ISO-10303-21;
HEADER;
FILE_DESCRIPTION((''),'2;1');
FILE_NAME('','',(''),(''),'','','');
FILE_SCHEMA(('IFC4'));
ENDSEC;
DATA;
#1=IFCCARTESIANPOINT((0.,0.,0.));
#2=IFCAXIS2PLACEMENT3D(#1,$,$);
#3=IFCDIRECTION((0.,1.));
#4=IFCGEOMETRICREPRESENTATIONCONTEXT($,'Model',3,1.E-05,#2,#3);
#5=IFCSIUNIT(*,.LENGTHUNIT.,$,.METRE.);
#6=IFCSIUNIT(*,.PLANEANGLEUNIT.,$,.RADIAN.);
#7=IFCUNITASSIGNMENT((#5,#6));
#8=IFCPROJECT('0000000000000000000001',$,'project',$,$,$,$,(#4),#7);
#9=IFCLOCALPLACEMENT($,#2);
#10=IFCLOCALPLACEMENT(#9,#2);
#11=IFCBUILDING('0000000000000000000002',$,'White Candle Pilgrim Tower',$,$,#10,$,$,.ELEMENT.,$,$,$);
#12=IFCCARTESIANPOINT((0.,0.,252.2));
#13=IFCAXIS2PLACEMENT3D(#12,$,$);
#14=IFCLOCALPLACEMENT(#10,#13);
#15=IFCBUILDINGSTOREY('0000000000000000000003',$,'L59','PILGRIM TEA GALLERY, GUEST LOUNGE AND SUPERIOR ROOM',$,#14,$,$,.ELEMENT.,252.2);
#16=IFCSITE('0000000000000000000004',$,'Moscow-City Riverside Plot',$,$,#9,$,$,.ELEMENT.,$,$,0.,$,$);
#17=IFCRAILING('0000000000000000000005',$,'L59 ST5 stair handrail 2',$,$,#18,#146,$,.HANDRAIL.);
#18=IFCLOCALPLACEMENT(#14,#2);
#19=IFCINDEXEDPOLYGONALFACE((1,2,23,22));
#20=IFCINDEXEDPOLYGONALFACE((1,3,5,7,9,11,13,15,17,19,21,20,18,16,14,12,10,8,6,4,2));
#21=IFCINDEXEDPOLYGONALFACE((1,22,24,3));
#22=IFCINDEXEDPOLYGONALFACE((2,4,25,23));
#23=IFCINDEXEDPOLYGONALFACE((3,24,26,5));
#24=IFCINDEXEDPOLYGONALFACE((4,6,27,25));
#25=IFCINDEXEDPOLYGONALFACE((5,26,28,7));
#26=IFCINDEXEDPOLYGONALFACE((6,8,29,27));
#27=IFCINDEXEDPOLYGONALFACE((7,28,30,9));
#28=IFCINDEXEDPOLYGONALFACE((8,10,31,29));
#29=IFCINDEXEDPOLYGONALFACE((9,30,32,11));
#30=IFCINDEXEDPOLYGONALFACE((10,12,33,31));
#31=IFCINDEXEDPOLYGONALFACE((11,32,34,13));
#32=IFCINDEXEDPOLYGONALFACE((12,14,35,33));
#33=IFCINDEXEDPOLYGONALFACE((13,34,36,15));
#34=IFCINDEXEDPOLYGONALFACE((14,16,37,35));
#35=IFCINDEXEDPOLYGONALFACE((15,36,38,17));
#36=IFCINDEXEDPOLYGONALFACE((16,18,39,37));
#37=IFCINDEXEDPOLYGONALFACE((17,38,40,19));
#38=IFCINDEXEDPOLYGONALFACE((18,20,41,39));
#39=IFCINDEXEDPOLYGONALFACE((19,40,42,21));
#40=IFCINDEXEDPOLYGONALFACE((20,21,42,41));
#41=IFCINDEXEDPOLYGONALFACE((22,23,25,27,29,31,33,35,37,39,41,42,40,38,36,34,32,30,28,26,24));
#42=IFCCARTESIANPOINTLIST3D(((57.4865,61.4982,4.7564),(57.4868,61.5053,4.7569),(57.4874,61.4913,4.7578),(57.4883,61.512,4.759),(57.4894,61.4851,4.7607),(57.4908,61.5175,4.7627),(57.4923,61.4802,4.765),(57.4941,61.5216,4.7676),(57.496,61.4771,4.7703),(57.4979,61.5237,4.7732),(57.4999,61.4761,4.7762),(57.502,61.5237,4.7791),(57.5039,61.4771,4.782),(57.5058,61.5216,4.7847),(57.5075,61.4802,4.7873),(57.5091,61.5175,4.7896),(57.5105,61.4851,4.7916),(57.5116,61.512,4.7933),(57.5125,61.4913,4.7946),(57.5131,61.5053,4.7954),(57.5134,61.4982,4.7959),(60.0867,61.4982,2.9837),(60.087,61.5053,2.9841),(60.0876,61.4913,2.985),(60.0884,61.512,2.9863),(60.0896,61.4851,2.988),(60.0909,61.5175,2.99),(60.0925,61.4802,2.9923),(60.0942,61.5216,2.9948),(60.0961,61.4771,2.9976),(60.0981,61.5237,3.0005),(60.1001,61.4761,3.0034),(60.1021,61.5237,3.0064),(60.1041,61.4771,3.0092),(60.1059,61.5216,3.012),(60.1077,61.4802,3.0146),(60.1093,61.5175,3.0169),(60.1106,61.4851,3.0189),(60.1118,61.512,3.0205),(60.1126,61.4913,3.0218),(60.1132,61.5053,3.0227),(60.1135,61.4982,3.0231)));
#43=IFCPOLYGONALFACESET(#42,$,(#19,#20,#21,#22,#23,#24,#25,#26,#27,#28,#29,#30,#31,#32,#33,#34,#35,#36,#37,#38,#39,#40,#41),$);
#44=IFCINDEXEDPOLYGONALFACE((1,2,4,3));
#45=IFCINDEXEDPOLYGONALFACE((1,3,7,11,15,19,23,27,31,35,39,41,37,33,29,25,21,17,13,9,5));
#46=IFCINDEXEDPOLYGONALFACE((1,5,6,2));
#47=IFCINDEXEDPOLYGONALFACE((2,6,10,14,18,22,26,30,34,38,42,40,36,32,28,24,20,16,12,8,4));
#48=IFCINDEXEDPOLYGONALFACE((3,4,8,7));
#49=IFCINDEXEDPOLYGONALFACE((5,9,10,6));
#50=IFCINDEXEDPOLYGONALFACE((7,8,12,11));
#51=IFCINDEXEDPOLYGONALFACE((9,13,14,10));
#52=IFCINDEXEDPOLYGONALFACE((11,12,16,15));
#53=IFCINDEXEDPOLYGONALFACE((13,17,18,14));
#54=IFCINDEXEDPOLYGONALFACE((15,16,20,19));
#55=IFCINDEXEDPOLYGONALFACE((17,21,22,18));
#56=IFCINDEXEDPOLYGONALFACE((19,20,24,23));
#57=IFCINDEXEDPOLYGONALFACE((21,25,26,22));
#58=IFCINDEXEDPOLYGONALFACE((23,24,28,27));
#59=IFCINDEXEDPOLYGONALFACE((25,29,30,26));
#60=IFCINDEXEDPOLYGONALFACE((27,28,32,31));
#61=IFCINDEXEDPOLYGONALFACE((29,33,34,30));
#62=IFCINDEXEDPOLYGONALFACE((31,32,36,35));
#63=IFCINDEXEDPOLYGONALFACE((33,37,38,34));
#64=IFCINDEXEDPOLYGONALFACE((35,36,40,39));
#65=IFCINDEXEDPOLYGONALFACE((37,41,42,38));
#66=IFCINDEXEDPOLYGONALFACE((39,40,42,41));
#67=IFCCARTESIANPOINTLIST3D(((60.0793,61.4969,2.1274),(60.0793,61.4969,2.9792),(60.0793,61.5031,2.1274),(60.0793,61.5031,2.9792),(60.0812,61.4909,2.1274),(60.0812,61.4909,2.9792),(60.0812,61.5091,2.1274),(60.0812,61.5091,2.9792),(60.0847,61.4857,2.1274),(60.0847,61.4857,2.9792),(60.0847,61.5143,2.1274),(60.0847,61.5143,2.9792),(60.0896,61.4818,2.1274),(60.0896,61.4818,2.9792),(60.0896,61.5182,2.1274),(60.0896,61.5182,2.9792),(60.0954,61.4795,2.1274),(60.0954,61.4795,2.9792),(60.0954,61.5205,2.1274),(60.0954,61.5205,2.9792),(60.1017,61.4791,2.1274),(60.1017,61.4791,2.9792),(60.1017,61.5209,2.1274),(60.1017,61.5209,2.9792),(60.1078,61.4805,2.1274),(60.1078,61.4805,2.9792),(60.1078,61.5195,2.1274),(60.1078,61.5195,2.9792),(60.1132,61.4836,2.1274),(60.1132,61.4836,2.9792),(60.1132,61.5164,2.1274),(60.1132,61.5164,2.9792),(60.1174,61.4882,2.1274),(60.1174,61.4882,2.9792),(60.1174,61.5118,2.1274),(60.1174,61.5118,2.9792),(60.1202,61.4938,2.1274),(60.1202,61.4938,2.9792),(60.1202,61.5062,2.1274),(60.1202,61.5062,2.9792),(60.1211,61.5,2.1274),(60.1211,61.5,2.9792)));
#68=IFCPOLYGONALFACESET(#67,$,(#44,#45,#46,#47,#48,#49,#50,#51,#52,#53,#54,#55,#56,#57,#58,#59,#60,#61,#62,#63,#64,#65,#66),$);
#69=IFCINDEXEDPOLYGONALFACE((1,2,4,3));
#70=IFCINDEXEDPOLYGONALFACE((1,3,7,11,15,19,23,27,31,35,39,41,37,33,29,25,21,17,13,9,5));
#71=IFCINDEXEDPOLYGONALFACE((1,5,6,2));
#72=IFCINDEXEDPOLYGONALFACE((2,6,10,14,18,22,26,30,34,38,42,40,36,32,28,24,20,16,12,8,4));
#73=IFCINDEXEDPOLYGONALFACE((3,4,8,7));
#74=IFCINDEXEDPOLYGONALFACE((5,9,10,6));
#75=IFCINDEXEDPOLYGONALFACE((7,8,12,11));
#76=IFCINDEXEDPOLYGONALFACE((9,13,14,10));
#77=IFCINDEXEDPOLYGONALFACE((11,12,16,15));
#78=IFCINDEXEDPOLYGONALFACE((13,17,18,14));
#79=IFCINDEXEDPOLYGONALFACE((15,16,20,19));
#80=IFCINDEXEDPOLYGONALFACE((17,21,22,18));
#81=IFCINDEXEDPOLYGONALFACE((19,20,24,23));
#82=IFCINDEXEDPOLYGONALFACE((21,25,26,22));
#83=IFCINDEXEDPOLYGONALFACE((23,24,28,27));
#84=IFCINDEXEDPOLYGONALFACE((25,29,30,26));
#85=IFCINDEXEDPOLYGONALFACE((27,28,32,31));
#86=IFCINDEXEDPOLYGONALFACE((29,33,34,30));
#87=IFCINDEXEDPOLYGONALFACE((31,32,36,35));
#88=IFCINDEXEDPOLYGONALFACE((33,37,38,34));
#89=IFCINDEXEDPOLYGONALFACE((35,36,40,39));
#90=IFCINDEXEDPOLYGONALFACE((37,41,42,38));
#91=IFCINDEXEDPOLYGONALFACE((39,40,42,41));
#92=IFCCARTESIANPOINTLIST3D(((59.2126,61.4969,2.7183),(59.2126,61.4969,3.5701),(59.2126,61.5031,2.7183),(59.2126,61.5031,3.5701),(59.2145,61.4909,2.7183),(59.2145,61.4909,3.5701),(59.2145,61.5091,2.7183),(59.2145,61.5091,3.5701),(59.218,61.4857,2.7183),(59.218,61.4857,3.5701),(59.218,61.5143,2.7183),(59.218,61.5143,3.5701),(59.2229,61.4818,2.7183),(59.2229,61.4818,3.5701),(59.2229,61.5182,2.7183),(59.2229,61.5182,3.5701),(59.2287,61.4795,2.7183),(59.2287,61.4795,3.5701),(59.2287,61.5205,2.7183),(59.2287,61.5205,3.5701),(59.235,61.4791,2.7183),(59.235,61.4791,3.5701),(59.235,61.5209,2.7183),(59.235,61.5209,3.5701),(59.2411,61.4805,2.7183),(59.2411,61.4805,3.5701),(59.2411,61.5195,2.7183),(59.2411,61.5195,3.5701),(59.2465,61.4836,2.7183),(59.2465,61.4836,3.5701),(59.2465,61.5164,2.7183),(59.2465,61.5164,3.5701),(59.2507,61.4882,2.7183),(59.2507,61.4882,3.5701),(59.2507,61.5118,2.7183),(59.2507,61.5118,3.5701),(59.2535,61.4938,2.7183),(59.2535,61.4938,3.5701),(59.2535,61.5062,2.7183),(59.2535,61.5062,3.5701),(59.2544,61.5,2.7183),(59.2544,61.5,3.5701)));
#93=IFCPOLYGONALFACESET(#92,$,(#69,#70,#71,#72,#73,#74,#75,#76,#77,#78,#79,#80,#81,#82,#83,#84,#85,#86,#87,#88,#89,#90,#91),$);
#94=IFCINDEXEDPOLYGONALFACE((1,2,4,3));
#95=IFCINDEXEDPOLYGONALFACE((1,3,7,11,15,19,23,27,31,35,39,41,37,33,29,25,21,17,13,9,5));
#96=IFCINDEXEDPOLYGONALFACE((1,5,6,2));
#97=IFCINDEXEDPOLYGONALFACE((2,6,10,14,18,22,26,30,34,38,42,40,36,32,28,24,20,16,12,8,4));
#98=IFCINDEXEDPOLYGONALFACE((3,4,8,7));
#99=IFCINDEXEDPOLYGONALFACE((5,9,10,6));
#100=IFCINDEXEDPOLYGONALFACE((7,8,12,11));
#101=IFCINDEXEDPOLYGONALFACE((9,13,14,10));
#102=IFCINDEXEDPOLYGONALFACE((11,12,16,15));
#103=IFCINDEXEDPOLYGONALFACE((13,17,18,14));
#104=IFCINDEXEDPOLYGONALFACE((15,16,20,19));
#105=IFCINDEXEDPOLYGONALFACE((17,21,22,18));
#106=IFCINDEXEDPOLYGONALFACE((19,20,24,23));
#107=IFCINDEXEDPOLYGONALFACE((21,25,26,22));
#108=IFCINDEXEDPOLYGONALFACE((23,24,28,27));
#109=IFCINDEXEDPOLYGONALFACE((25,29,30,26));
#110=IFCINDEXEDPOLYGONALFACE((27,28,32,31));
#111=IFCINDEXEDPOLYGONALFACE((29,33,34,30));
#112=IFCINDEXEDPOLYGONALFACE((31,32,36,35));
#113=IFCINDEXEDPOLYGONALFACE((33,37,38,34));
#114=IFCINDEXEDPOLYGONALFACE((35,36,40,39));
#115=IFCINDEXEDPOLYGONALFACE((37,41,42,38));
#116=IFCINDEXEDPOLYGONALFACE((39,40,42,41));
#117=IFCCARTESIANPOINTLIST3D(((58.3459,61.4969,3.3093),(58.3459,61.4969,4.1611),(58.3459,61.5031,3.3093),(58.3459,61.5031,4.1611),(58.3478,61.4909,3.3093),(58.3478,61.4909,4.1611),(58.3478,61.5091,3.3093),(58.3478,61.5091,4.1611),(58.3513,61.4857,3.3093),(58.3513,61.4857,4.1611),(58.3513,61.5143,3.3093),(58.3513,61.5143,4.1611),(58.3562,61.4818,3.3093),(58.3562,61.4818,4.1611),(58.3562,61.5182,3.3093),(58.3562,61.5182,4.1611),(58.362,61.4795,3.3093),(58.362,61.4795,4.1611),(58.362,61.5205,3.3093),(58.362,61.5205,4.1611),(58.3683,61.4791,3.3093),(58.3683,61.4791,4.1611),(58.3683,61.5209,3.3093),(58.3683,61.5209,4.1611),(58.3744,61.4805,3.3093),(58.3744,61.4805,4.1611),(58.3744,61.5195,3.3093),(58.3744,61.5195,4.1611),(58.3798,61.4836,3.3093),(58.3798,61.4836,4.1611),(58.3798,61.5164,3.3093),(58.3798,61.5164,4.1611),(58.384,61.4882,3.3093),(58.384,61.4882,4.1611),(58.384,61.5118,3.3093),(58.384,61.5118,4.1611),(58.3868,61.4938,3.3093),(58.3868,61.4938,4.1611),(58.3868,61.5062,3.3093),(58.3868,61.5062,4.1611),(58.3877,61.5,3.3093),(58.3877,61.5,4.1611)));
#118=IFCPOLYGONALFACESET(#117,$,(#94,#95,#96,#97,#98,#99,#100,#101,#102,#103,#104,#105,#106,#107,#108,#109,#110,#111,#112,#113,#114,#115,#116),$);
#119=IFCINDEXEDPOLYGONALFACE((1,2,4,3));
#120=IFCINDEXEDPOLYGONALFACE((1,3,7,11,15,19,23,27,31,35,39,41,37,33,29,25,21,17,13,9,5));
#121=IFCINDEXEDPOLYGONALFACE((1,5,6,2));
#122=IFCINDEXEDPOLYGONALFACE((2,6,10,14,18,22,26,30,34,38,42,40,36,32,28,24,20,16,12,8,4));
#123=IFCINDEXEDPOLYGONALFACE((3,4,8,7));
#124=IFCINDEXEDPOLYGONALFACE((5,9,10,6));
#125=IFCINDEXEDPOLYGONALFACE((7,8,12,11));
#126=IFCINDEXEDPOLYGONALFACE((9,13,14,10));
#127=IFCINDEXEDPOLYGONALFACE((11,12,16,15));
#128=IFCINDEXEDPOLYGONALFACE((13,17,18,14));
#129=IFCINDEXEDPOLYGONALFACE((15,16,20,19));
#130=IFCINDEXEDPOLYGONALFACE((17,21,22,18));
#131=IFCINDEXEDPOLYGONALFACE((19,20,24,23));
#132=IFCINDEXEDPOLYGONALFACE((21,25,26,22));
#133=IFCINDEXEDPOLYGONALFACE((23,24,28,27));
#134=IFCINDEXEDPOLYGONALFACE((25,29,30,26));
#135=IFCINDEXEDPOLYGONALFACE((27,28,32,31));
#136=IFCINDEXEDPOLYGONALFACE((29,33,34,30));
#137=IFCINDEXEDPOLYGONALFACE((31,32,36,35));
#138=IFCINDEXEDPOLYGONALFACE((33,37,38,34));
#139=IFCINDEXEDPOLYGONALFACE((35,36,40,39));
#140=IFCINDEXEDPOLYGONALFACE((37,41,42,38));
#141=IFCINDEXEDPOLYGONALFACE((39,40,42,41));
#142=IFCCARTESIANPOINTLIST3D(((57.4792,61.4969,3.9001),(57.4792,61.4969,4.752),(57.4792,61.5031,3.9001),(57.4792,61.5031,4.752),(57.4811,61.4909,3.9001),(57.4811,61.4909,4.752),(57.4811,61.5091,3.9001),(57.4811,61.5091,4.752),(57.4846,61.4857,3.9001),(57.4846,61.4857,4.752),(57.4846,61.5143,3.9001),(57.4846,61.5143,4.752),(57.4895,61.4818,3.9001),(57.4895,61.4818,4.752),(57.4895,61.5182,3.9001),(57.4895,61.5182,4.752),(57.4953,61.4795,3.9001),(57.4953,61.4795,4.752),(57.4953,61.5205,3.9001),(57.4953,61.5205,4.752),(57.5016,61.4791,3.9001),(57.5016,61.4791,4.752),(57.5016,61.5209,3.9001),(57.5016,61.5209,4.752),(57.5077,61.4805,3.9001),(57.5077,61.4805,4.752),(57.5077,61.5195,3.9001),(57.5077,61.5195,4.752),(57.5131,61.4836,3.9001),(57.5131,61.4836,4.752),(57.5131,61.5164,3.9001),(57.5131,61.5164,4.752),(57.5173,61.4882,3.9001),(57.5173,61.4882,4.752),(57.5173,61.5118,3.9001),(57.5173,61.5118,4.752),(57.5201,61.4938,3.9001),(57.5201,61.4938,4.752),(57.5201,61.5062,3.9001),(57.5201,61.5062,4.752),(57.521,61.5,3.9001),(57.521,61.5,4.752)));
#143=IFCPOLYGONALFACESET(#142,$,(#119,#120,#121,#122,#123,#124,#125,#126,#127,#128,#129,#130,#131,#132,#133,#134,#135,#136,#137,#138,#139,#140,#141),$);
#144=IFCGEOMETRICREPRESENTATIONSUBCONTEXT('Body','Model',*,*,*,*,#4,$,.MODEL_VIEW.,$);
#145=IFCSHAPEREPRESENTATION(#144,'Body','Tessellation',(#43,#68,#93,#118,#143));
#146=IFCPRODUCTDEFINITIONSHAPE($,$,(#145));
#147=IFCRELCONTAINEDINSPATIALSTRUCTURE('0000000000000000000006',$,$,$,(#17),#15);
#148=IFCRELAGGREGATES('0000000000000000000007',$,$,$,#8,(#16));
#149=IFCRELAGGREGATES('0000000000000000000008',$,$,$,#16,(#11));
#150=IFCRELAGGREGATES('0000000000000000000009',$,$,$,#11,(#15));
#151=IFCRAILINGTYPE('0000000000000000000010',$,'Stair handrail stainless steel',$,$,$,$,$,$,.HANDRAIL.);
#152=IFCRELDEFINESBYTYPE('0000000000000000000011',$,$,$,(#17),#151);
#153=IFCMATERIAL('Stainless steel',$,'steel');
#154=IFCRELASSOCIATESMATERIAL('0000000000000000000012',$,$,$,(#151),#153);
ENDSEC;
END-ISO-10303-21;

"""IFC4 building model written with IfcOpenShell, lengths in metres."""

from ifc_helpers import new_model, si_unit, direction, frame, origin, origin_2d, place, context, subcontext, project, spatial, circle, extrude, material, type_object, element, save


model = new_model("IFC4")

# Units and contexts
model_context = context("Model", 3, precision=1e-05, world=origin(), true_north=direction((0.0, 1.0)))
body_context = subcontext(model_context, "Body", "Model", "MODEL_VIEW")
ifc_project = project(units=[si_unit("LENGTHUNIT", "METRE"), si_unit("PLANEANGLEUNIT", "RADIAN")], contexts=[model_context])

# Site, building, storey
site_placement = place(None, origin())
site = spatial("IfcSite", under=ifc_project, at=site_placement, Name="Moscow-City Riverside Plot", CompositionType="ELEMENT", RefElevation=0.0)
building_placement = place(site_placement, origin())
building = spatial("IfcBuilding", under=site, at=building_placement, Name="White Candle Pilgrim Tower", CompositionType="ELEMENT")
storey_placement = place(building_placement, frame((0.0, 0.0, 252.2)))
storey = spatial("IfcBuildingStorey", under=building, at=storey_placement, Name="L59", Description="PILGRIM TEA GALLERY, GUEST LOUNGE AND SUPERIOR ROOM", CompositionType="ELEMENT", Elevation=252.2)

# Railing
ifc_material_1 = material(Name="Stainless steel", Category="steel")
railing_type_1 = type_object("IfcRailingType", Name="Stair handrail stainless steel", PredefinedType="HANDRAIL", material=ifc_material_1)
railing_1_placement = place(storey_placement, frame((60.1001, 61.5, 2.1274)))
element("IfcRailing", 1, at=railing_1_placement, inside=storey, type_object=railing_type_1, Name="L59 ST5 stair handrail 2", PredefinedType="HANDRAIL", context=body_context, shape_type="SweptSolid", body=[
    extrude(circle(Radius=0.0239, at=origin_2d()), frame((0.0, 0.0, 0.876), z_axis=(-0.82624, 0.0, 0.563318), x_axis=(0.0, -1.0, 0.0)), (0.0, 0.0, 1.0), 3.147),
    extrude(circle(Radius=0.021, at=origin_2d()), origin(), (0.0, 0.0, 1.0), 0.8518),
    extrude(circle(Radius=0.021, at=origin_2d()), frame((-0.8667, 0.0, 0.5908)), (0.0, 0.0, 1.0), 0.8518),
    extrude(circle(Radius=0.021, at=origin_2d()), frame((-1.7334, 0.0, 1.1819)), (0.0, 0.0, 1.0), 0.8518),
    extrude(circle(Radius=0.021, at=origin_2d()), frame((-2.6001, 0.0, 1.7727)), (0.0, 0.0, 1.0), 0.8518),
])

save(model, "model.ifc")
